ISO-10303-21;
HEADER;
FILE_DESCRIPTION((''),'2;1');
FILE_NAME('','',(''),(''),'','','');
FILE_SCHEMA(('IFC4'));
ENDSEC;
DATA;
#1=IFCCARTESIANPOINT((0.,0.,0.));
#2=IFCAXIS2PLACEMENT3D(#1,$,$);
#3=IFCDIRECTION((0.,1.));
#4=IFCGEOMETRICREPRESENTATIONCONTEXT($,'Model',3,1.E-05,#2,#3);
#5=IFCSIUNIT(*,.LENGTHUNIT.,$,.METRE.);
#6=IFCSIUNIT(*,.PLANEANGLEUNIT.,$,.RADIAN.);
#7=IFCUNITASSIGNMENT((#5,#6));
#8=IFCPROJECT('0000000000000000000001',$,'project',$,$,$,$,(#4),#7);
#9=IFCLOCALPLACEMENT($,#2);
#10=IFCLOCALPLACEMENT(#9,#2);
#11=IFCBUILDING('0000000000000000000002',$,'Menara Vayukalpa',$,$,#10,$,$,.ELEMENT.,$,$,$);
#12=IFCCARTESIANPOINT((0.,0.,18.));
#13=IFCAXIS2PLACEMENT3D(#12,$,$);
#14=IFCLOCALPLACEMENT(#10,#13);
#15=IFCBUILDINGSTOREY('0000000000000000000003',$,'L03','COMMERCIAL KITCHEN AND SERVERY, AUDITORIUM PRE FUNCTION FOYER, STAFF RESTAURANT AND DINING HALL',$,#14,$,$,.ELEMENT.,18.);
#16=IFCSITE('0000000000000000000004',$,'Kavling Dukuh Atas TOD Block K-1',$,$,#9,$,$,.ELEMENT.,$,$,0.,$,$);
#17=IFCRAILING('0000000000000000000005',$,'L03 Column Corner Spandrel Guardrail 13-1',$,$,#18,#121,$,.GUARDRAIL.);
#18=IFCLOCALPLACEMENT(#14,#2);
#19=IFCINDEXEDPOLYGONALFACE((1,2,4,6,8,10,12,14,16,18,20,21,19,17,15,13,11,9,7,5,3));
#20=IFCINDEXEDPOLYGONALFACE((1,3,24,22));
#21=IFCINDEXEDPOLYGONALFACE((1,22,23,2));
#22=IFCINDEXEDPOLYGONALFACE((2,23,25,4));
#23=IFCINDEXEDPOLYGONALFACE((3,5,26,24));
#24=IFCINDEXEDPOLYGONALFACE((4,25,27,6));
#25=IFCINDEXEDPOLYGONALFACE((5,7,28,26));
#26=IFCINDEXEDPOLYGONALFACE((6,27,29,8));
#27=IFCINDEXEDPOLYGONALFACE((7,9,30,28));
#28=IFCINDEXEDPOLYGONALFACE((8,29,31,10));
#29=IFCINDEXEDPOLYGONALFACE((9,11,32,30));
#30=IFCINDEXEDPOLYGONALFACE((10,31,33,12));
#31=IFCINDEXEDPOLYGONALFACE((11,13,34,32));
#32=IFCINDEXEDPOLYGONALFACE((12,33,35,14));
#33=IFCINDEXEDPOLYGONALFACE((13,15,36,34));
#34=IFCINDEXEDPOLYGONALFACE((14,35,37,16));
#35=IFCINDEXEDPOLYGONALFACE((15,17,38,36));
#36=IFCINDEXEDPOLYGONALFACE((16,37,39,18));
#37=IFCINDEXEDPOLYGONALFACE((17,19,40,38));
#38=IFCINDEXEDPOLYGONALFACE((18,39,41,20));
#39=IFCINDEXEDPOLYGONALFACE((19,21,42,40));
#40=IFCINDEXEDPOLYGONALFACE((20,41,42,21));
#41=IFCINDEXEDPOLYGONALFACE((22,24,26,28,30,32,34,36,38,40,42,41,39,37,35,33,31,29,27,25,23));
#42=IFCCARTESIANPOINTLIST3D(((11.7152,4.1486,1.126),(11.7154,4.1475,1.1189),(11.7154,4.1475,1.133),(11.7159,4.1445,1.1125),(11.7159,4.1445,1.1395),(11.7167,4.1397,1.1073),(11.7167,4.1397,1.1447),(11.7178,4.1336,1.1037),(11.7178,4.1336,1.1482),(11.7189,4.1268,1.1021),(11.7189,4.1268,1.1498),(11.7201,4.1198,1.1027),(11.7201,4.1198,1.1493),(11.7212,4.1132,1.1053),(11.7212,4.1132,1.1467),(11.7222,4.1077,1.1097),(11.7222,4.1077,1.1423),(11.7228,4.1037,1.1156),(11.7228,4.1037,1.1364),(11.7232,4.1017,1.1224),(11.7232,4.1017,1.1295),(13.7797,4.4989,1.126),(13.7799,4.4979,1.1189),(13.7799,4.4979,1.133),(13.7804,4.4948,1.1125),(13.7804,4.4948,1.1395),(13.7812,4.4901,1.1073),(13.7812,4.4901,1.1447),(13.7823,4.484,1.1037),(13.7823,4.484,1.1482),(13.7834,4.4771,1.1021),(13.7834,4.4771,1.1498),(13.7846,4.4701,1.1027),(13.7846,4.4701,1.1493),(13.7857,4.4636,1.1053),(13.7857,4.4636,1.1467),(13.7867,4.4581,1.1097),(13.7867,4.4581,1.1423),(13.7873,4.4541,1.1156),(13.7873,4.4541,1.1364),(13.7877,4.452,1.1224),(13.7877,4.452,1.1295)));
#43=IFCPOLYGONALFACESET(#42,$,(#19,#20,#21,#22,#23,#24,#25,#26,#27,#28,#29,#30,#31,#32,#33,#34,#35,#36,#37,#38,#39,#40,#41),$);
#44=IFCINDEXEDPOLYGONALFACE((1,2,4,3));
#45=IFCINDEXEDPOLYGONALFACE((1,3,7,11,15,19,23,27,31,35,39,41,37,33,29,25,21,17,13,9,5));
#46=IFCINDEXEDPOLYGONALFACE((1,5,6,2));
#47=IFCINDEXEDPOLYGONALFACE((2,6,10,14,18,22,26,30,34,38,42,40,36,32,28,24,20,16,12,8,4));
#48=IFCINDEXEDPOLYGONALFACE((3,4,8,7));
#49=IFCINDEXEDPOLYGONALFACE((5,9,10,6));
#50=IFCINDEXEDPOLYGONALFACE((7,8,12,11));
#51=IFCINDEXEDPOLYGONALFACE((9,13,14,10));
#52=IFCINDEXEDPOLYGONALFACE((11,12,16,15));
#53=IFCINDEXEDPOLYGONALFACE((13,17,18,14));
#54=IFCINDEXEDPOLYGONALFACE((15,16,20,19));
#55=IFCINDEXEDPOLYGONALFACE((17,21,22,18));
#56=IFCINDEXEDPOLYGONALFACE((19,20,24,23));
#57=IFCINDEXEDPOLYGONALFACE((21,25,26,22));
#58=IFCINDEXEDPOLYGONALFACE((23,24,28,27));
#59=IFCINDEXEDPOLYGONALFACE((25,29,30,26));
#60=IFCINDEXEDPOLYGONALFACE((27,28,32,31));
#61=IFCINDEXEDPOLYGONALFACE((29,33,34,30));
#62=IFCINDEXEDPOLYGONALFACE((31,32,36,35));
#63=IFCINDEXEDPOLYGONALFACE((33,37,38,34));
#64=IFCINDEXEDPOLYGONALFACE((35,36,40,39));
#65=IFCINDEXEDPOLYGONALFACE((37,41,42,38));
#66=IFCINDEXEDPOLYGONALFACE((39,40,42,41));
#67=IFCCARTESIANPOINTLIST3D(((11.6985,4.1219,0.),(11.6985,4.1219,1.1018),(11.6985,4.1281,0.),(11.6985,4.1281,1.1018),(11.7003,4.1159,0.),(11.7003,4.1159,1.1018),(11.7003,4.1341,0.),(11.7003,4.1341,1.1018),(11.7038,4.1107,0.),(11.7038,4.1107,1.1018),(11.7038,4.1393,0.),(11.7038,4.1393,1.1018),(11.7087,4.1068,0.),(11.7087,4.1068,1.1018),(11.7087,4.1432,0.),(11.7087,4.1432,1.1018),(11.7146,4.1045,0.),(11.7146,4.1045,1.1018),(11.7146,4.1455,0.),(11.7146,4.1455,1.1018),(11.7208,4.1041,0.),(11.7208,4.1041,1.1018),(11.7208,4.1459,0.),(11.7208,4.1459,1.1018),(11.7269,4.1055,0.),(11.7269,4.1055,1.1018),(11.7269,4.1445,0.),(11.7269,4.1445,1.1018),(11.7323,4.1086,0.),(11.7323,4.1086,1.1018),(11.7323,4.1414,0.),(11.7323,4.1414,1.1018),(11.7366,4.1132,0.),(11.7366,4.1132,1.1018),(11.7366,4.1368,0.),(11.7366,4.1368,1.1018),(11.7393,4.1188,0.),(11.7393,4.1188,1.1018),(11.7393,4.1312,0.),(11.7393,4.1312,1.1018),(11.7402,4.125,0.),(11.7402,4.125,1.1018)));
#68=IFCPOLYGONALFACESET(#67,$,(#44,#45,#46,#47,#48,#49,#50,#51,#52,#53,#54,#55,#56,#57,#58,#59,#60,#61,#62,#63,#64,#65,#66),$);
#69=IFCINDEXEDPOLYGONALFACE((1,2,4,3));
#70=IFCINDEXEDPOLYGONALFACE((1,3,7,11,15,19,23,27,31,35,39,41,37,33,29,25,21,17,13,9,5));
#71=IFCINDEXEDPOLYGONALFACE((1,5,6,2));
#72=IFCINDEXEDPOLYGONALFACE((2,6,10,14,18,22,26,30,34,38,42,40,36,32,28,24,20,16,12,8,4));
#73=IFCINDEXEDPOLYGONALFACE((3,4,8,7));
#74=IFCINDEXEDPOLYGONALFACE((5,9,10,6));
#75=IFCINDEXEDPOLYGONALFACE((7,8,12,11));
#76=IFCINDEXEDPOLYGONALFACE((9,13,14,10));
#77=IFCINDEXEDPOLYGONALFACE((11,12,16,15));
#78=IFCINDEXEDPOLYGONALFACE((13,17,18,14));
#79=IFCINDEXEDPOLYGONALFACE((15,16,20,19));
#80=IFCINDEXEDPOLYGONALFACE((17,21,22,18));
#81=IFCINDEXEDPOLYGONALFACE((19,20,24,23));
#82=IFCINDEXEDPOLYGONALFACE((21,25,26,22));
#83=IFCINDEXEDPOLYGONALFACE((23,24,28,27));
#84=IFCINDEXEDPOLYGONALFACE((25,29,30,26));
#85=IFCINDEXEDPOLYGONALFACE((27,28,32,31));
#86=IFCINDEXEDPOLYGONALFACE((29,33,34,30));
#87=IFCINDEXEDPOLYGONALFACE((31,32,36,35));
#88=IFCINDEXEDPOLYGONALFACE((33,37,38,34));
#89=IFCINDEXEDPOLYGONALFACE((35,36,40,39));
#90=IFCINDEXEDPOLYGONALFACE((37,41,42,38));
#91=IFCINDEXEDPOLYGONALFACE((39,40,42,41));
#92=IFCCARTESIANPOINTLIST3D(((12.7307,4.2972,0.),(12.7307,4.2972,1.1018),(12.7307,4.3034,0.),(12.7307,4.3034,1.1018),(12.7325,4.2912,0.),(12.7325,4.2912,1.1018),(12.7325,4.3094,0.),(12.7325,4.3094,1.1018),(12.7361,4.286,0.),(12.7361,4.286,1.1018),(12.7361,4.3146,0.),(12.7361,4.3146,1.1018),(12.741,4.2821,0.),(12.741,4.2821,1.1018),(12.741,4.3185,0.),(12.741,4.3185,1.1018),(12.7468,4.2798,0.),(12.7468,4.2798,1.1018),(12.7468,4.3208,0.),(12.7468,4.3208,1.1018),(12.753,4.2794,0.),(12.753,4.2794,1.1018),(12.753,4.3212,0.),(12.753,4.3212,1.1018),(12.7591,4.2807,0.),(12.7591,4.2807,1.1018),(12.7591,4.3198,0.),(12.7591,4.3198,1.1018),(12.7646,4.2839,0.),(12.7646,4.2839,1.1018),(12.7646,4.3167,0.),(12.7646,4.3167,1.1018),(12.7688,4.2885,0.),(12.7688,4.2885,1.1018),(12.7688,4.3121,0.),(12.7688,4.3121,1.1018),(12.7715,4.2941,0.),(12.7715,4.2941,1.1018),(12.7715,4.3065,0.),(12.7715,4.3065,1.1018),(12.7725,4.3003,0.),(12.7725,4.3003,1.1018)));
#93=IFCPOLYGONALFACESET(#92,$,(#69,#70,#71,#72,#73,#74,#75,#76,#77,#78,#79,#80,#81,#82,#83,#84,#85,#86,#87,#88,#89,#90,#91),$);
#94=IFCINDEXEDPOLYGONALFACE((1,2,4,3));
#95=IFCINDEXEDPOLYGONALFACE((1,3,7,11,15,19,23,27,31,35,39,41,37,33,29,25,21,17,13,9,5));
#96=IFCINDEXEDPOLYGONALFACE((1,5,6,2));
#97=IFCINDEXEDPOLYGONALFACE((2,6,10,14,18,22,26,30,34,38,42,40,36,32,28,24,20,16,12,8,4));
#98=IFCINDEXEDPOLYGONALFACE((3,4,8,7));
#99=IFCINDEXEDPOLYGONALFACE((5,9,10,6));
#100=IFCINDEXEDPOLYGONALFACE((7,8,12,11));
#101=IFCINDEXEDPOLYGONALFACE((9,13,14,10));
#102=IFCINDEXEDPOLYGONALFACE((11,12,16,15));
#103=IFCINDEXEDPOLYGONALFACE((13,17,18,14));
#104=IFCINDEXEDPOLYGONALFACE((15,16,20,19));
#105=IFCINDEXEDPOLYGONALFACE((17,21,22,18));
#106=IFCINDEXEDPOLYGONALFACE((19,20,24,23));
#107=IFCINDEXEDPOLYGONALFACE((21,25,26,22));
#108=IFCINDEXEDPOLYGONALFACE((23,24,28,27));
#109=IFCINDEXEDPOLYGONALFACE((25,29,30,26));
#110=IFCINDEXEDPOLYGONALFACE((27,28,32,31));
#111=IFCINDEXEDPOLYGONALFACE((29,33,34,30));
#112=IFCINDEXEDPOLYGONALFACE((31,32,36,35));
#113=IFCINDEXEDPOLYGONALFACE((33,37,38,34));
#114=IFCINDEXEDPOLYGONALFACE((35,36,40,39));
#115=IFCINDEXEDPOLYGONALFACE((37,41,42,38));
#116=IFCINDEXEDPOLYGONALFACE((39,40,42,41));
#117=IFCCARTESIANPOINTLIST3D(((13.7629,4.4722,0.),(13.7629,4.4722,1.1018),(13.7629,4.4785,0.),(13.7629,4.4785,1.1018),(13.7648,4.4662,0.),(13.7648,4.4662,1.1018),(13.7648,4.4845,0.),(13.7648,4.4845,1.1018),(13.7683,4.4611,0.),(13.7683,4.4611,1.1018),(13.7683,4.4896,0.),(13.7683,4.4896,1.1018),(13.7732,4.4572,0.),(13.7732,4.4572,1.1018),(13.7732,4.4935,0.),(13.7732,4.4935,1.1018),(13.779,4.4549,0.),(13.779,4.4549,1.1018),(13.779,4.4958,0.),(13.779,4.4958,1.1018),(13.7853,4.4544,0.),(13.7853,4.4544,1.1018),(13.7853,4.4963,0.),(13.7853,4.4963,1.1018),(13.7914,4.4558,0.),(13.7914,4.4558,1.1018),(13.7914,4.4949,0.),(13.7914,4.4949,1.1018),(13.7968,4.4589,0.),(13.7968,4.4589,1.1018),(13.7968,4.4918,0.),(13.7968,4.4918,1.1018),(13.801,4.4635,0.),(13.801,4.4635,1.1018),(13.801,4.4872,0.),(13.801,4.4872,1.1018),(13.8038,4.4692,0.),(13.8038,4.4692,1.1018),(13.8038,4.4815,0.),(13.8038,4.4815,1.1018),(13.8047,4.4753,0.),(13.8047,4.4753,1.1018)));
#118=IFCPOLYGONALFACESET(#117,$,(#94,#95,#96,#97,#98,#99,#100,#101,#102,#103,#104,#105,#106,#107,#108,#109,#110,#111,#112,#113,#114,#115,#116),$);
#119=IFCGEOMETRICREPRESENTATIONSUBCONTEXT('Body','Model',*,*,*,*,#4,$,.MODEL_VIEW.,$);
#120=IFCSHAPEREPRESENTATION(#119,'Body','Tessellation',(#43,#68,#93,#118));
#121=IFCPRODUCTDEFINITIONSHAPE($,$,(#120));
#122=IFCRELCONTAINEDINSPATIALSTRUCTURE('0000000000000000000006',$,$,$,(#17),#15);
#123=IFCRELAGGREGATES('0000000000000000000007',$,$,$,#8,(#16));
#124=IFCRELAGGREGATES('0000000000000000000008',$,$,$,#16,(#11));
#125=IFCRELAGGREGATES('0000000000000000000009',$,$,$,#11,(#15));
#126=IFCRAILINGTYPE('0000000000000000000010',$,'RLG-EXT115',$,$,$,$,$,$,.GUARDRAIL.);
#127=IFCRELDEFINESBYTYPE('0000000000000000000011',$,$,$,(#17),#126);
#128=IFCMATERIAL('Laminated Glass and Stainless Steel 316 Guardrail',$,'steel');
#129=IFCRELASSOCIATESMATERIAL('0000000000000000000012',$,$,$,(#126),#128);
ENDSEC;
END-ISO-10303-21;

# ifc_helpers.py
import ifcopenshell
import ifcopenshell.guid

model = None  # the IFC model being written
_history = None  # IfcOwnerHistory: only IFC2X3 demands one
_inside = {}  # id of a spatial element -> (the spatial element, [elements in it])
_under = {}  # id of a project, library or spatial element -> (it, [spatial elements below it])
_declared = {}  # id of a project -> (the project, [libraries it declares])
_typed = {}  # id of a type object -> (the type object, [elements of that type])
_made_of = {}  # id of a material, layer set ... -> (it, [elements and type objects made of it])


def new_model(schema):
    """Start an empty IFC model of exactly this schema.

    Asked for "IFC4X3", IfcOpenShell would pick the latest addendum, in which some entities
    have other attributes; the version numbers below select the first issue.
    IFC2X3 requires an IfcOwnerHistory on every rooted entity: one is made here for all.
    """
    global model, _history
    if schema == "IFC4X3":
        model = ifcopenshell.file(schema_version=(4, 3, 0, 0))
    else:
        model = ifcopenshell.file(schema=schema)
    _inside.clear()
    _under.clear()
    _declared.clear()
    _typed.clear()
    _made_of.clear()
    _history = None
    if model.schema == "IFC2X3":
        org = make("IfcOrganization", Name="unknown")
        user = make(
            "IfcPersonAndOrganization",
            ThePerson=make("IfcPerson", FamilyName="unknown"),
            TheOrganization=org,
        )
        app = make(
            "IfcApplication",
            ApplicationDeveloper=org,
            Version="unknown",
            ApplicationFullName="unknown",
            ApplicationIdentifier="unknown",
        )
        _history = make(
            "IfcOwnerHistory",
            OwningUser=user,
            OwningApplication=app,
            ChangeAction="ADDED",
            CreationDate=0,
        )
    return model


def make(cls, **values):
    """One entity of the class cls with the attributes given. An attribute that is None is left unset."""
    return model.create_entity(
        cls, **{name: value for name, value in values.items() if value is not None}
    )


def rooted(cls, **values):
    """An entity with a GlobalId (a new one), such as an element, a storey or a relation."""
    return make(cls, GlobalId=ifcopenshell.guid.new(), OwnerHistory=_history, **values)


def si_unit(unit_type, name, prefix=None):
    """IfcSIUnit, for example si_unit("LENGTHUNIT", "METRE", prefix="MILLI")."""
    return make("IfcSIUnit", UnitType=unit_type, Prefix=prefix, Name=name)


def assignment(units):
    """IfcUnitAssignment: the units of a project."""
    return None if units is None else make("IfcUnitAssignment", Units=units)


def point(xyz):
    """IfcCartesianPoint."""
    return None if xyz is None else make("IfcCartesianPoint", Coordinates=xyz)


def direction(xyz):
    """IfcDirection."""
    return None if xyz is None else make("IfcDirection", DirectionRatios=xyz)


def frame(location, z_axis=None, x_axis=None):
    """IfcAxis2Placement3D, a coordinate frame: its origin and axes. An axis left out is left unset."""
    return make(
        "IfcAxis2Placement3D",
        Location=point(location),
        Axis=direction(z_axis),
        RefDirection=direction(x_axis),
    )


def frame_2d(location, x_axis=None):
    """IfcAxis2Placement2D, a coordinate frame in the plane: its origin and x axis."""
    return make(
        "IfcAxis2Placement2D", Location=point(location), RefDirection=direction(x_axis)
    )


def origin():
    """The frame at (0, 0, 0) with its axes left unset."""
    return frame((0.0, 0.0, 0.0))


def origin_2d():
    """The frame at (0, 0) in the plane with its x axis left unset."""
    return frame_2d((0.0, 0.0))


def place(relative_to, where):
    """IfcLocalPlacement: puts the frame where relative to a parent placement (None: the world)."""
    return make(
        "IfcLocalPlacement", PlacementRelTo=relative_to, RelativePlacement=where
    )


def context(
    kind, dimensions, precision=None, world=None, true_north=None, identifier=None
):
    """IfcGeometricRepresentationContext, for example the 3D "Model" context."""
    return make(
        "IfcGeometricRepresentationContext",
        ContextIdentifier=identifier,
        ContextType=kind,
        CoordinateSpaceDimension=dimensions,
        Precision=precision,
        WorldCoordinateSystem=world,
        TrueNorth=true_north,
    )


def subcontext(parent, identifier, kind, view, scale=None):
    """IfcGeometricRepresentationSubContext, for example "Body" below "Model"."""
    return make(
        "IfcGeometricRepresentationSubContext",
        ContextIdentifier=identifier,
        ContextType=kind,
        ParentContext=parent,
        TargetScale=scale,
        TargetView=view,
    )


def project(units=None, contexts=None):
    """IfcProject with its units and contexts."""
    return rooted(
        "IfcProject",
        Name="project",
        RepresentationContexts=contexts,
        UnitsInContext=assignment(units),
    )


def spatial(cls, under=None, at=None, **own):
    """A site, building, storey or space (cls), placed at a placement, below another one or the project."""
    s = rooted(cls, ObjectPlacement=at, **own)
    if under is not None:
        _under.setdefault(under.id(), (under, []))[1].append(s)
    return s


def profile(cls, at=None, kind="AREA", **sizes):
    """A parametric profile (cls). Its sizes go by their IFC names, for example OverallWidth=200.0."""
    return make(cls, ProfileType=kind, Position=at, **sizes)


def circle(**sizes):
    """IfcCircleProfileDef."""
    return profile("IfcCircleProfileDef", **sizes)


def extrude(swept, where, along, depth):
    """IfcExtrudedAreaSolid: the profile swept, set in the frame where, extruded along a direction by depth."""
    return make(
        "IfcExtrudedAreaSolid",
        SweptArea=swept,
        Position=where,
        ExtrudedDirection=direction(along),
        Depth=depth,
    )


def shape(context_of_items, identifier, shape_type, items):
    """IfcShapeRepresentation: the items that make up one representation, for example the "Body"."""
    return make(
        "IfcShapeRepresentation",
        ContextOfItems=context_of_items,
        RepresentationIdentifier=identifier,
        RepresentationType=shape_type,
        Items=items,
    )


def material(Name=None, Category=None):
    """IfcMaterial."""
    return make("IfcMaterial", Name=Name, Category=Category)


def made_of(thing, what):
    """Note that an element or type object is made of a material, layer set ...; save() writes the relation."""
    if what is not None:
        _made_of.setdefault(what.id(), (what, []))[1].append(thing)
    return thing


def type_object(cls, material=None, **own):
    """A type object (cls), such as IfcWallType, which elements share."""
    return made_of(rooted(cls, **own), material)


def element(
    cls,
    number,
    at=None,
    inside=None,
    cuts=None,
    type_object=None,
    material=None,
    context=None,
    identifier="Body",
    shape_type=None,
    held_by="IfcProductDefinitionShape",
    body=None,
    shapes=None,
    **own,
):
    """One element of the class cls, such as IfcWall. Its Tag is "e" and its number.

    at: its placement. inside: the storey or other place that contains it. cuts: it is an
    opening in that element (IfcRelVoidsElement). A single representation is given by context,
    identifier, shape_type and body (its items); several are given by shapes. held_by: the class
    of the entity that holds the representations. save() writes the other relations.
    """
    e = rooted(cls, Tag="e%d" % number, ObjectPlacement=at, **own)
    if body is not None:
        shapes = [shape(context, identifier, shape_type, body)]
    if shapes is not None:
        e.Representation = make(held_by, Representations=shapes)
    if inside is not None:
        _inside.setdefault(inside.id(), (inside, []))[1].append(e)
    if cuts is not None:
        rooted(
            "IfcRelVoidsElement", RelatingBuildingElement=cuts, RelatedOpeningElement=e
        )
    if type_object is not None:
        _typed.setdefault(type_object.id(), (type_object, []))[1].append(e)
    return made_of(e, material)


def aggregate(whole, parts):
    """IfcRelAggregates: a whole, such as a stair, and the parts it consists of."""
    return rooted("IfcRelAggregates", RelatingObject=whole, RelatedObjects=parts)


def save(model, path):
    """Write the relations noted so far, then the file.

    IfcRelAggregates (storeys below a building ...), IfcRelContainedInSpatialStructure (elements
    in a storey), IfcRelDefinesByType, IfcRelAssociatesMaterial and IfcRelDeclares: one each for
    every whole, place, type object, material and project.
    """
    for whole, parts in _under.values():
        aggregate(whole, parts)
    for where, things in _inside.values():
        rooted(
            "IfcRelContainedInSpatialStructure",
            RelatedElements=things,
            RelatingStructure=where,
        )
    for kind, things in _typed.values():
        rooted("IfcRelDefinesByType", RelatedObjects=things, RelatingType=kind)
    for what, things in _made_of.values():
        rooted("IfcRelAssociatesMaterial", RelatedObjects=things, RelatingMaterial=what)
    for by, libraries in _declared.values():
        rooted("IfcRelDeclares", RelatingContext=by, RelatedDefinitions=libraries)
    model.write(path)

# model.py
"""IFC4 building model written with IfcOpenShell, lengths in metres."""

from ifc_helpers import new_model, si_unit, direction, frame, origin, origin_2d, place, context, subcontext, project, spatial, circle, extrude, material, type_object, element, save


model = new_model("IFC4")

# Units and contexts
model_context = context("Model", 3, precision=1e-05, world=origin(), true_north=direction((0.0, 1.0)))
body_context = subcontext(model_context, "Body", "Model", "MODEL_VIEW")
ifc_project = project(units=[si_unit("LENGTHUNIT", "METRE"), si_unit("PLANEANGLEUNIT", "RADIAN")], contexts=[model_context])

# Site, building, storey
site_placement = place(None, origin())
site = spatial("IfcSite", under=ifc_project, at=site_placement, Name="Kavling Dukuh Atas TOD Block K-1", CompositionType="ELEMENT", RefElevation=0.0)
building_placement = place(site_placement, origin())
building = spatial("IfcBuilding", under=site, at=building_placement, Name="Menara Vayukalpa", CompositionType="ELEMENT")
storey_placement = place(building_placement, frame((0.0, 0.0, 18.0)))
storey = spatial("IfcBuildingStorey", under=building, at=storey_placement, Name="L03", Description="COMMERCIAL KITCHEN AND SERVERY, AUDITORIUM PRE FUNCTION FOYER, STAFF RESTAURANT AND DINING HALL", CompositionType="ELEMENT", Elevation=18.0)

# Railing
ifc_material_1 = material(Name="Laminated Glass and Stainless Steel 316 Guardrail", Category="steel")
railing_type = type_object("IfcRailingType", Name="RLG-EXT115", PredefinedType="GUARDRAIL", material=ifc_material_1)
railing_1_placement = place(storey_placement, frame((11.7192, 4.125, 0.0)))
element("IfcRailing", 1, at=railing_1_placement, inside=storey, type_object=railing_type, Name="L03 Column Corner Spandrel Guardrail 13-1", PredefinedType="GUARDRAIL", context=body_context, shape_type="SweptSolid", body=[
    extrude(circle(Radius=0.0239, at=origin_2d()), frame((0.0, 0.0, 1.126), z_axis=(0.985904, 0.16731, 0.0), x_axis=(-0.16731, 0.985904, 0.0)), (0.0, 0.0, 1.0), 2.094),
    extrude(circle(Radius=0.021, at=origin_2d()), origin(), (0.0, 0.0, 1.0), 1.1018),
    extrude(circle(Radius=0.021, at=origin_2d()), frame((1.0322, 0.1753, 0.0)), (0.0, 0.0, 1.0), 1.1018),
    extrude(circle(Radius=0.021, at=origin_2d()), frame((2.0645, 0.3503, 0.0)), (0.0, 0.0, 1.0), 1.1018),
])

save(model, "model.ifc")
